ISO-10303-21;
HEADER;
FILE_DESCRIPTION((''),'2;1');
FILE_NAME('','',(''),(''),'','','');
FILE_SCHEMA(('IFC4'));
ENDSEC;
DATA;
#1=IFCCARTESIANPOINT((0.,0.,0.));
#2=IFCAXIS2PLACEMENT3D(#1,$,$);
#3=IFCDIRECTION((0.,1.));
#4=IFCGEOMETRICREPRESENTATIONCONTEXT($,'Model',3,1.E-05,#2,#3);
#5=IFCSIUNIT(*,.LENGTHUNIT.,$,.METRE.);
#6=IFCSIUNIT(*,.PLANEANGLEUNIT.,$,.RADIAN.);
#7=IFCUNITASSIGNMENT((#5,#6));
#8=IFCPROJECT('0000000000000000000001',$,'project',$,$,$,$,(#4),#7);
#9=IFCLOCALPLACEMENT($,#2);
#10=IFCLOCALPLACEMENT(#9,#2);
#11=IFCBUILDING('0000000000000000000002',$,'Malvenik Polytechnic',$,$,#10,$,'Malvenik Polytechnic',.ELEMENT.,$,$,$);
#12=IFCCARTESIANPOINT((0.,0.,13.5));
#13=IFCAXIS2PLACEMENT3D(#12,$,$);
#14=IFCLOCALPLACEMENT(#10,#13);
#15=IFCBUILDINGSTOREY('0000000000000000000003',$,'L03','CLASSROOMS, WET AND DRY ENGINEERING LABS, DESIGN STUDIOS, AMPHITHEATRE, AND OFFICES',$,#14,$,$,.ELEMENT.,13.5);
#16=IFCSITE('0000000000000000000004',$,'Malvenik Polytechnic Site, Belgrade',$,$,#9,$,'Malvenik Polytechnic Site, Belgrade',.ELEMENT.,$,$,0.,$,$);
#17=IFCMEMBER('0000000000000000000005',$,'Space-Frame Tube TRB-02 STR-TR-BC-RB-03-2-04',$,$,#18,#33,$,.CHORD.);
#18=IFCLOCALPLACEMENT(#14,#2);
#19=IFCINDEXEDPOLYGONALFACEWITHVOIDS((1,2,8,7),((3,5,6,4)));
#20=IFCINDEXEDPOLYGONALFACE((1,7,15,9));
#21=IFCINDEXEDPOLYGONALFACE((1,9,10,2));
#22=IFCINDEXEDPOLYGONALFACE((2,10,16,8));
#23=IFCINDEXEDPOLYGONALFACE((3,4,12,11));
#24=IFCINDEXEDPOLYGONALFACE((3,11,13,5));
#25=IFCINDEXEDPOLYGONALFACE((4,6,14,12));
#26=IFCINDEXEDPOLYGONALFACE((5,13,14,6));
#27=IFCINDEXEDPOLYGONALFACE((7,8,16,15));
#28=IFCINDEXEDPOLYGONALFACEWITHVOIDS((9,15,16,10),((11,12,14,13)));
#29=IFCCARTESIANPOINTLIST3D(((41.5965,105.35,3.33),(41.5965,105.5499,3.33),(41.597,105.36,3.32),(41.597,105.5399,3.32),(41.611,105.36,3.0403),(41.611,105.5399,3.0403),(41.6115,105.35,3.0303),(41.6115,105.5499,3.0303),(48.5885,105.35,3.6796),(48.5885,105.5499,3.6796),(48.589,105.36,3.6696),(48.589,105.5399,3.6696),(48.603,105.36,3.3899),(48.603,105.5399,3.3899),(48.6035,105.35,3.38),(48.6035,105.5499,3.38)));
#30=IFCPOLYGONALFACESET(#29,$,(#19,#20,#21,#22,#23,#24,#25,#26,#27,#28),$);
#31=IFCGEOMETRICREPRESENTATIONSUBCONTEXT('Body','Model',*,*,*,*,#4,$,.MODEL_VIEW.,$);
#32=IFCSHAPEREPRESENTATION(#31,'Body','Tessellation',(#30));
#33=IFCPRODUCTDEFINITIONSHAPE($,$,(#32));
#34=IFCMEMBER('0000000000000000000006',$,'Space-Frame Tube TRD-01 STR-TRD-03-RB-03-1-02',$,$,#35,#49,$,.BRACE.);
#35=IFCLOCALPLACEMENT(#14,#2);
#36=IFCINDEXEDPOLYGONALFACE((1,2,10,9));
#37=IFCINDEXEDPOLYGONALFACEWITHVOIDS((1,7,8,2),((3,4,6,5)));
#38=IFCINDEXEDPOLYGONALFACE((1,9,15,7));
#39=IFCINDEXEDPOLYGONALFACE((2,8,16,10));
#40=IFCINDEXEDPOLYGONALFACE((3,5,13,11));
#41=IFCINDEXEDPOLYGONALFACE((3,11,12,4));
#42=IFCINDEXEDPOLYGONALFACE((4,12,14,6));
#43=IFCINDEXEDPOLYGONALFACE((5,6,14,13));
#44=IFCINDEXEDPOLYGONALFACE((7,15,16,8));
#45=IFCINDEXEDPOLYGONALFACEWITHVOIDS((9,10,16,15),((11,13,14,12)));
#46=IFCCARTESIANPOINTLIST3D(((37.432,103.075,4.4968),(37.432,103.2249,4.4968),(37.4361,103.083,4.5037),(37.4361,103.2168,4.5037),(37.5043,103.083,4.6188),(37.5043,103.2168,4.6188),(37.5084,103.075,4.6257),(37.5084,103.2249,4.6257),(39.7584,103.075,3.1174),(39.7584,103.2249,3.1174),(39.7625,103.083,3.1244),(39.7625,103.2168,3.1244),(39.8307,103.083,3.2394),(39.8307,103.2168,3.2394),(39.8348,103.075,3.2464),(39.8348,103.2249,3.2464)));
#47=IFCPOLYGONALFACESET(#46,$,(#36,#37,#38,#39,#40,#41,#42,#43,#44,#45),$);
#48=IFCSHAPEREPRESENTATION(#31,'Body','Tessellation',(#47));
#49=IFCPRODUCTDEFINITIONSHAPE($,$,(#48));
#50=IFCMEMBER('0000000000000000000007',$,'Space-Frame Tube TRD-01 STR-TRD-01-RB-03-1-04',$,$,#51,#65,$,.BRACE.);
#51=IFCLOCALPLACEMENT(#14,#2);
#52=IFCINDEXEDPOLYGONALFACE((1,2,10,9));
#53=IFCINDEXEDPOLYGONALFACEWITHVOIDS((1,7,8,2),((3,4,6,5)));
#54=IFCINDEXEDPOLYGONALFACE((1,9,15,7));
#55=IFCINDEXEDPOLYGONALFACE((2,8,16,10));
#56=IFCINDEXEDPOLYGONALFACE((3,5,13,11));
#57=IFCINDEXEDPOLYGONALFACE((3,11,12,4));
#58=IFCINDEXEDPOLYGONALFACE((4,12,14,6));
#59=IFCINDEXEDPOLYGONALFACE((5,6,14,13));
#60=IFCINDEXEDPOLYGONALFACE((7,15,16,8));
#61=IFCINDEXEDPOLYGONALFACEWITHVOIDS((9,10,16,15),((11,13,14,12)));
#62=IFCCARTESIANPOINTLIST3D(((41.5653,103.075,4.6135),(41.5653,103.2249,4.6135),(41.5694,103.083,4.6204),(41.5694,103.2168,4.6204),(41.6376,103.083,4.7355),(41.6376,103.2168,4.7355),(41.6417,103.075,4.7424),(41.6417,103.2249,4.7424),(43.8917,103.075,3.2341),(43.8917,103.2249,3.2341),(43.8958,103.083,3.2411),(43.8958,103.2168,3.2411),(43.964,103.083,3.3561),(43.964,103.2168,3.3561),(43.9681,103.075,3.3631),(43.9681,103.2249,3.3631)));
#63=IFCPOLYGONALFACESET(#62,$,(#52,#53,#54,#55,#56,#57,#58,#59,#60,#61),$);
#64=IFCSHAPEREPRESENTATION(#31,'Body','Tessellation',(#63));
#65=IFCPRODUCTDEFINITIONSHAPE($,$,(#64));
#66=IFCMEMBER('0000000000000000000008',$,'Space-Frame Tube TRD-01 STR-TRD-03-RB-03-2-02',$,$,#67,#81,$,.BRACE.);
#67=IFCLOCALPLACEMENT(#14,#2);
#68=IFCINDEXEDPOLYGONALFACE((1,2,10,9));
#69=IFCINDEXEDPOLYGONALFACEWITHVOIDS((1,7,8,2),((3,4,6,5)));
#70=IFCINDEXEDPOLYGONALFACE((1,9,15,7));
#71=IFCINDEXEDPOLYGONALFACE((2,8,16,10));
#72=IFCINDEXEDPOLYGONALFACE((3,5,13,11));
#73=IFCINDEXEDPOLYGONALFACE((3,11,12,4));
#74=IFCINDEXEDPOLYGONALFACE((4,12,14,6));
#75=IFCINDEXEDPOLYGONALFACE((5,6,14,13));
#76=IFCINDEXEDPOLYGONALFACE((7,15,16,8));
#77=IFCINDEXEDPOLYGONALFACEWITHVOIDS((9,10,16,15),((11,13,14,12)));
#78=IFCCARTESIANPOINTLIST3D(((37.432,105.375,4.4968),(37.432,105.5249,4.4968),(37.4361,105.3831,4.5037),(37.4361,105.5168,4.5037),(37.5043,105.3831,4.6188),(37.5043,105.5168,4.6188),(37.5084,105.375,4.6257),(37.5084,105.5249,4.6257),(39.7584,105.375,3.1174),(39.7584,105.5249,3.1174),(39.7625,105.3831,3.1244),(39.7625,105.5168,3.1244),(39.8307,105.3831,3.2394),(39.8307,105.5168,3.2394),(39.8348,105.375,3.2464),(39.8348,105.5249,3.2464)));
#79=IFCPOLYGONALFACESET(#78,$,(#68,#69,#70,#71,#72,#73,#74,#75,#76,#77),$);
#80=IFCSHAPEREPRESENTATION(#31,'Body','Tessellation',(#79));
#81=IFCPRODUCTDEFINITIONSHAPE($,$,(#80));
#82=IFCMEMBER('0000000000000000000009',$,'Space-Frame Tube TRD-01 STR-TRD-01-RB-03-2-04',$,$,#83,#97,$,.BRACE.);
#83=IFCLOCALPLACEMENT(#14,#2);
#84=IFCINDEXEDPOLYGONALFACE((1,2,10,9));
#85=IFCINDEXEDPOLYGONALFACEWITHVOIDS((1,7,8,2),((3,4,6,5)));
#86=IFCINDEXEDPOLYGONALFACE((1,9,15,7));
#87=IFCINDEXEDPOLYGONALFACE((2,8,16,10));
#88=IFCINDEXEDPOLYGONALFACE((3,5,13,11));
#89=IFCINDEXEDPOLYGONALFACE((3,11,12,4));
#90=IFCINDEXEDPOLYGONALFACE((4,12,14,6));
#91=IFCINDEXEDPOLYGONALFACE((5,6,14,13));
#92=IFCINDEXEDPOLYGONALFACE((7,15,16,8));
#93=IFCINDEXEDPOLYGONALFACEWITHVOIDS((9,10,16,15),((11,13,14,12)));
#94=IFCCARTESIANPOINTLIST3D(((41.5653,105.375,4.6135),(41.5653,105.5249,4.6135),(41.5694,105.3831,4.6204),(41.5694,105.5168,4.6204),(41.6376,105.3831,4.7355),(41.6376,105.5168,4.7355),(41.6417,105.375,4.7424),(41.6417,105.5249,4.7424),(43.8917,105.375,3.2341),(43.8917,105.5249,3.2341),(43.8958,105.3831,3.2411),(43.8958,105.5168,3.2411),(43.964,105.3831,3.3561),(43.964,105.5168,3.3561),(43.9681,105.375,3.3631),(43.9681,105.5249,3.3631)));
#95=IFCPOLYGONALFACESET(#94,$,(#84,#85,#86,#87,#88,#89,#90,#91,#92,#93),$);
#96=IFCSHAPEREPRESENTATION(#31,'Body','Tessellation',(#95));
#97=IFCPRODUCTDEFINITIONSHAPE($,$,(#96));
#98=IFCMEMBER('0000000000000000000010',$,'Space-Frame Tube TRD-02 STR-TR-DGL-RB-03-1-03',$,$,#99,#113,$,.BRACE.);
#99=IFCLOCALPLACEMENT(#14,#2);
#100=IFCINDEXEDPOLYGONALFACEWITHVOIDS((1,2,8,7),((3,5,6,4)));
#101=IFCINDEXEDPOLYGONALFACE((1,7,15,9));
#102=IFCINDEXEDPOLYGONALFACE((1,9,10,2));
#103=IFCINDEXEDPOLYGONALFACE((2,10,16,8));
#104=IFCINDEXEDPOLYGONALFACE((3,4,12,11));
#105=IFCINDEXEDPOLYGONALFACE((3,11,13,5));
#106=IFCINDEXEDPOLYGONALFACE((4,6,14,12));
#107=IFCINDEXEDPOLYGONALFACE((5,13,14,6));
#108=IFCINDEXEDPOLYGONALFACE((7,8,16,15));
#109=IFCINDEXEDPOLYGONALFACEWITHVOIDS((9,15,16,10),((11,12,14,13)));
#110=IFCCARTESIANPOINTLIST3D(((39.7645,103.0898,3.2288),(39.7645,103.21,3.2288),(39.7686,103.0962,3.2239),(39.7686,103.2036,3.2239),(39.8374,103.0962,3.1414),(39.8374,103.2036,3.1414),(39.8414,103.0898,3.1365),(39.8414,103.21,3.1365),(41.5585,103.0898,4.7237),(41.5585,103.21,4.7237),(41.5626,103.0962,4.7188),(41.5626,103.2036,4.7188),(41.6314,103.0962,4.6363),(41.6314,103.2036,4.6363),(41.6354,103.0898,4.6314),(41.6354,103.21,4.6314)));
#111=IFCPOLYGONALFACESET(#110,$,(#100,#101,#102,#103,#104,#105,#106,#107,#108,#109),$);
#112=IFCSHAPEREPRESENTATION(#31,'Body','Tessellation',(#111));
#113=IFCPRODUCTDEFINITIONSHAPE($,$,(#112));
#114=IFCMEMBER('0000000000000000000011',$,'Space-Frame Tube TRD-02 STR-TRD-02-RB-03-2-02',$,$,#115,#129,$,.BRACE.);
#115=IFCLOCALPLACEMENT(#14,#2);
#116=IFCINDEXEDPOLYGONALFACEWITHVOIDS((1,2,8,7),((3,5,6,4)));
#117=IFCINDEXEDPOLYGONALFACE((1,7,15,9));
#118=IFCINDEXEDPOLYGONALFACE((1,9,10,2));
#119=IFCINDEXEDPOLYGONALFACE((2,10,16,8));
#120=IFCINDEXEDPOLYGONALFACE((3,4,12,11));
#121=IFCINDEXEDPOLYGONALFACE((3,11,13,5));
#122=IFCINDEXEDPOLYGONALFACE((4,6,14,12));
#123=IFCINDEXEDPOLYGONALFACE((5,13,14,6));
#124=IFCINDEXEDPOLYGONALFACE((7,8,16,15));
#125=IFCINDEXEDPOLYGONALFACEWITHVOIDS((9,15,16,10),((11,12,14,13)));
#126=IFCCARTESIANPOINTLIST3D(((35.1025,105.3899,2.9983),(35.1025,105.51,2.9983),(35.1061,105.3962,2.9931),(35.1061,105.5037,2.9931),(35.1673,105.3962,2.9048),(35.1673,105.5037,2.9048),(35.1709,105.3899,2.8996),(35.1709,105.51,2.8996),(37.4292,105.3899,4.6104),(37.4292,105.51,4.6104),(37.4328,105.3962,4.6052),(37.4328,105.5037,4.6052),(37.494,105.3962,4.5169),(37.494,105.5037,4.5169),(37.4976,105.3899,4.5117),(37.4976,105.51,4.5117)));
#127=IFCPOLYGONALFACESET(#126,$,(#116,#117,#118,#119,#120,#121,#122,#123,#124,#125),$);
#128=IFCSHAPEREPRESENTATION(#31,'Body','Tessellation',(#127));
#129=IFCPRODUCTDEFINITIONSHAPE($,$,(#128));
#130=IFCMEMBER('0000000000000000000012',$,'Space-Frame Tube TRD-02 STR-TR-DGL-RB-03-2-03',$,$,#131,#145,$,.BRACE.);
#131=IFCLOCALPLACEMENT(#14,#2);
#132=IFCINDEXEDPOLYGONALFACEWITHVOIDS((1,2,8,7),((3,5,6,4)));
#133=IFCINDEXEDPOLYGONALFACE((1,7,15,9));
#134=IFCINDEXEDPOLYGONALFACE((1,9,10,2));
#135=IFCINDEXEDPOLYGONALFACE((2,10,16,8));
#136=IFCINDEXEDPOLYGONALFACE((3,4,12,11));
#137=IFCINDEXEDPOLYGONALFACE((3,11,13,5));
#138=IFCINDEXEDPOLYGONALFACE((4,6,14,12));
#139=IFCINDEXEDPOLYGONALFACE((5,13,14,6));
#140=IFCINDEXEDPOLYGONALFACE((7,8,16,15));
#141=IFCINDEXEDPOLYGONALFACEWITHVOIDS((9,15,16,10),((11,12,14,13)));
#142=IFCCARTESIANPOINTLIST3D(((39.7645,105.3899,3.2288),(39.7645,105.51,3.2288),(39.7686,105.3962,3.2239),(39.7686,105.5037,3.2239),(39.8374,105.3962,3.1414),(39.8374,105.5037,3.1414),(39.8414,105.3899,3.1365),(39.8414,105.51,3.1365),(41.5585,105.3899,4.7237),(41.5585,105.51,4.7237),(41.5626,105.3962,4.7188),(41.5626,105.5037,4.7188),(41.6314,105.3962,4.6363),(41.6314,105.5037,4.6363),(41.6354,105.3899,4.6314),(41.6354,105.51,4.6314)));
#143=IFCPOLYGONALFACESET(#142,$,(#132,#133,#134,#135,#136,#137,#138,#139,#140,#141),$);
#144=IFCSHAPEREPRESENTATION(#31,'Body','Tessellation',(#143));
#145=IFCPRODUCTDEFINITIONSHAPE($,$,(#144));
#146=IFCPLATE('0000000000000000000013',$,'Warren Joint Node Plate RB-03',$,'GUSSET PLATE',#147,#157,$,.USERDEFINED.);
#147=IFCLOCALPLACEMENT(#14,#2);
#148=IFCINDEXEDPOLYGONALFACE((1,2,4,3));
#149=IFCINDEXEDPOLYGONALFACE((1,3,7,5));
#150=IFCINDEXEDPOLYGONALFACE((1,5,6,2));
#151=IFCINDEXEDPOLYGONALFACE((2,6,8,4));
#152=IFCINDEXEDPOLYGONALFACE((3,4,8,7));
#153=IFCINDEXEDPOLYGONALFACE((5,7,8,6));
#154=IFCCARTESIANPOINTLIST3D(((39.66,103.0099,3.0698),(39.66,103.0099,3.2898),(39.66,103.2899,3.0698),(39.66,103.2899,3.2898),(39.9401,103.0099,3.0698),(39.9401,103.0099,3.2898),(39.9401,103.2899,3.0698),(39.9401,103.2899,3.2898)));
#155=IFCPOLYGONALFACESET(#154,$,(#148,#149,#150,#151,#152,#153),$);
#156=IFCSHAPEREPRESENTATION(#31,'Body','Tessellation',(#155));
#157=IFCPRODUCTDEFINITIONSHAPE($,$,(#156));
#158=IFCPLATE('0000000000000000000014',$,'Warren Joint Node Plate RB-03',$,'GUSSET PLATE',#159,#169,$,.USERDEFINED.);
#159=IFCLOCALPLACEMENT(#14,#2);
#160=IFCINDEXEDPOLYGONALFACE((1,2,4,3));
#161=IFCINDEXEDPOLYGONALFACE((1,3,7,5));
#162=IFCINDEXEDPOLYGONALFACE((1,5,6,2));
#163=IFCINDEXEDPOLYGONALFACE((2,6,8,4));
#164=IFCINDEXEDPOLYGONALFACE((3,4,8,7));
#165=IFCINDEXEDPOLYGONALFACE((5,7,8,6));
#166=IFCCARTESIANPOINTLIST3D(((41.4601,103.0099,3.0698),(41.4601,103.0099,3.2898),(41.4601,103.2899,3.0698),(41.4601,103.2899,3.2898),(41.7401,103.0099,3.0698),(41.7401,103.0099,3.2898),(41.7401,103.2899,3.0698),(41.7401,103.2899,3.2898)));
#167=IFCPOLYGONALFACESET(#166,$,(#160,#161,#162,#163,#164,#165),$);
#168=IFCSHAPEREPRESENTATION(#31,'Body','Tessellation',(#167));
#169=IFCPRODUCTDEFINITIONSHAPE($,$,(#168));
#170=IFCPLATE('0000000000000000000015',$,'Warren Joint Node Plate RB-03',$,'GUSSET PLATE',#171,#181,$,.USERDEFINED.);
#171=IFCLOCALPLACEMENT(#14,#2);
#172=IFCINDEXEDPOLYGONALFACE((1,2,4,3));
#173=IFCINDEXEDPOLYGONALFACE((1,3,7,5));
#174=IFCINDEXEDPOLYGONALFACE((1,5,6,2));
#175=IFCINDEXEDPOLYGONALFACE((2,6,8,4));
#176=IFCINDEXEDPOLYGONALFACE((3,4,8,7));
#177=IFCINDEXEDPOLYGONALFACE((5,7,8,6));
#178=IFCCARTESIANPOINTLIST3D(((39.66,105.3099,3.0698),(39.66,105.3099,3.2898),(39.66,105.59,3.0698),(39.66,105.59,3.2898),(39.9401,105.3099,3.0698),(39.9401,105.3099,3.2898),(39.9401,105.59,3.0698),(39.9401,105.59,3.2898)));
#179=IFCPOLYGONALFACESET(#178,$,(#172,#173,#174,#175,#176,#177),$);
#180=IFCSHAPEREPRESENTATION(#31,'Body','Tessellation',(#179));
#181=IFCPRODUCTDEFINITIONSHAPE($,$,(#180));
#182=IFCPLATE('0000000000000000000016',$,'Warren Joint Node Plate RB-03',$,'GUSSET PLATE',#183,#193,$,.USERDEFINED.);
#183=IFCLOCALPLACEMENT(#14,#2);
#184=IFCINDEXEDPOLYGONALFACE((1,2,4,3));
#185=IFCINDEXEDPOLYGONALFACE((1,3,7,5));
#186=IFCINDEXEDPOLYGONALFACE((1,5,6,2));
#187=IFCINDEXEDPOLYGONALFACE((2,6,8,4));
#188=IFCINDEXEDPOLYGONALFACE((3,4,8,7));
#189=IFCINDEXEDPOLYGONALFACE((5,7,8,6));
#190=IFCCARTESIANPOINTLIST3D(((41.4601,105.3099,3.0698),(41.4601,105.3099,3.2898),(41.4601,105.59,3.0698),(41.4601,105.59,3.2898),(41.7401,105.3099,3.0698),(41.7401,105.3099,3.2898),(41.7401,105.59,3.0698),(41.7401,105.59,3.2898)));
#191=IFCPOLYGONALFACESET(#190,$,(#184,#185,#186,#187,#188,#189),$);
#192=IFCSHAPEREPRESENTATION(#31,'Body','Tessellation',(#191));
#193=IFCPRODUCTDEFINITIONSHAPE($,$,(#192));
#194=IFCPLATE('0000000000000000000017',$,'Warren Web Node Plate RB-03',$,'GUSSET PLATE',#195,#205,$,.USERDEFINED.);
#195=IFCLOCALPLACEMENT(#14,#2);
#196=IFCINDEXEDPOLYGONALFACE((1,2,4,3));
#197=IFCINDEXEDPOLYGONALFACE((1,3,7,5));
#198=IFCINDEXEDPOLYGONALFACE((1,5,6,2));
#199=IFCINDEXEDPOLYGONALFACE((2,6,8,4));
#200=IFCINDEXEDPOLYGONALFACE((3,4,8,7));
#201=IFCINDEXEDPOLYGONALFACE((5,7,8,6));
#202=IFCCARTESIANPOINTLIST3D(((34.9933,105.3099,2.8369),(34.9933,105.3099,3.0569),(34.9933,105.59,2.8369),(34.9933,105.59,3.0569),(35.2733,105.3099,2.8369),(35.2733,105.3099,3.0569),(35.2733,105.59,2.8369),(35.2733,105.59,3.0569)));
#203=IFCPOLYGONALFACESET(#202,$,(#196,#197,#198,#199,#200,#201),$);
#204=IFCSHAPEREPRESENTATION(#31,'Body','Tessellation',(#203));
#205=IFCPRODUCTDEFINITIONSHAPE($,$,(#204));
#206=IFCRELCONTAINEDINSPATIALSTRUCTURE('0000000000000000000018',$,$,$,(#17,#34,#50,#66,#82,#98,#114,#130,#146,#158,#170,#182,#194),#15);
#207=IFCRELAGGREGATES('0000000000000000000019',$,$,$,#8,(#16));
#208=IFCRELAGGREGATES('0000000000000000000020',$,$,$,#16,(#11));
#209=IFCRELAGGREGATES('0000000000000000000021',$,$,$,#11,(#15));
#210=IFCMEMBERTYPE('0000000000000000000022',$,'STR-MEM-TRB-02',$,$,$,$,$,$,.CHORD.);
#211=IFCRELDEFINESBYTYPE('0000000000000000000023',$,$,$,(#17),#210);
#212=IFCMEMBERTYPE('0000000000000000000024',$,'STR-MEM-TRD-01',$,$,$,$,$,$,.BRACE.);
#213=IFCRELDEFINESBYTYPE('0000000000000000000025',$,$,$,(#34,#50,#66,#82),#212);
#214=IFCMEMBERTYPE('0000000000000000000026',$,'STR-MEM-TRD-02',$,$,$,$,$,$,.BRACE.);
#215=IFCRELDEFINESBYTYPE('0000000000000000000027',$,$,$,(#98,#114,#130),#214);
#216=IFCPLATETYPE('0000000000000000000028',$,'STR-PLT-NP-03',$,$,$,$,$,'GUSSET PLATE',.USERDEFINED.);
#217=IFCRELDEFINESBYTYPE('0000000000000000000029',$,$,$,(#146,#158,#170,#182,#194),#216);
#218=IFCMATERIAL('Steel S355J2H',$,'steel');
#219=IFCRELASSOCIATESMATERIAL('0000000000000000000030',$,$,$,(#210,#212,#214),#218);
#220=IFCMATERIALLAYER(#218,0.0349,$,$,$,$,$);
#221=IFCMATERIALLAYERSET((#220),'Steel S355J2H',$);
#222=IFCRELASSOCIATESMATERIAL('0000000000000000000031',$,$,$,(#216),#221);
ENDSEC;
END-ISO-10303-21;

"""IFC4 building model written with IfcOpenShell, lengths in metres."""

from ifc_helpers import new_model, si_unit, direction, frame, origin, origin_2d, place, context, subcontext, project, spatial, rectangle, hollow_rectangle, extrude, material, layer, layer_set, material_profile, profile_set, type_object, element, save


model = new_model("IFC4")

# Units and contexts
model_context = context("Model", 3, precision=1e-05, world=origin(), true_north=direction((0.0, 1.0)))
body_context = subcontext(model_context, "Body", "Model", "MODEL_VIEW")
ifc_project = project(units=[si_unit("LENGTHUNIT", "METRE"), si_unit("PLANEANGLEUNIT", "RADIAN")], contexts=[model_context])

# Site, building, storey
site_placement = place(None, origin())
site = spatial("IfcSite", under=ifc_project, at=site_placement, Name="Malvenik Polytechnic Site, Belgrade", LongName="Malvenik Polytechnic Site, Belgrade", CompositionType="ELEMENT", RefElevation=0.0)
building_placement = place(site_placement, origin())
building = spatial("IfcBuilding", under=site, at=building_placement, Name="Malvenik Polytechnic", LongName="Malvenik Polytechnic", CompositionType="ELEMENT")
storey_placement = place(building_placement, frame((0.0, 0.0, 13.5)))
storey = spatial("IfcBuildingStorey", under=building, at=storey_placement, Name="L03", Description="CLASSROOMS, WET AND DRY ENGINEERING LABS, DESIGN STUDIOS, AMPHITHEATRE, AND OFFICES", CompositionType="ELEMENT", Elevation=13.5)

# Shared definitions
ifc_material_1 = material(Name="Steel S355J2H", Category="steel")

# Members
ifc_material_profile_1 = material_profile(ifc_material_1, hollow_rectangle(XDim=0.2, YDim=0.3, WallThickness=0.01, at=origin_2d()), Name="RHS 300x200x10.0")
ifc_profile_set_1 = profile_set([ifc_material_profile_1], Name="Steel S355J2H")
member_type_1 = type_object("IfcMemberType", Name="STR-MEM-TRB-02", PredefinedType="CHORD", material=ifc_profile_set_1)
member_1_placement = place(storey_placement, frame((41.604, 105.45, 3.1802), z_axis=(0.998752, 0.0, 0.049939), x_axis=(0.0, 1.0, 0.0)))
element("IfcMember", 1, at=member_1_placement, inside=storey, type_object=member_type_1, Name="Space-Frame Tube TRB-02 STR-TR-BC-RB-03-2-04", PredefinedType="CHORD", context=body_context, shape_type="SweptSolid", body=[
    extrude(hollow_rectangle(XDim=0.2, YDim=0.3, WallThickness=0.01, at=origin_2d()), origin(), (0.0, 0.0, 1.0), 7.0007),
])
ifc_material_profile_2 = material_profile(ifc_material_1, hollow_rectangle(XDim=0.1499, YDim=0.1499, WallThickness=0.0081, at=origin_2d()), Name="SHS 150x150x8.0")
ifc_profile_set_2 = profile_set([ifc_material_profile_2], Name="Steel S355J2H")
member_type_2 = type_object("IfcMemberType", Name="STR-MEM-TRD-01", PredefinedType="BRACE", material=ifc_profile_set_2)
for number, where, z_axis, x_axis, name in (
    (2, (37.4702, 103.1499, 4.5613), (0.860165, 0.0, -0.510015), (0.0, 1.0, 0.0), "Space-Frame Tube TRD-01 STR-TRD-03-RB-03-1-02"),
    (3, (41.6035, 103.1499, 4.678), (0.860165, 0.0, -0.510015), (0.0, 1.0, 0.0), "Space-Frame Tube TRD-01 STR-TRD-01-RB-03-1-04"),
    (4, (37.4702, 105.45, 4.5613), (0.860165, 0.0, -0.510015), (0.0, 1.0, 0.0), "Space-Frame Tube TRD-01 STR-TRD-03-RB-03-2-02"),
    (5, (41.6035, 105.45, 4.678), (0.860165, 0.0, -0.510015), (0.0, 1.0, 0.0), "Space-Frame Tube TRD-01 STR-TRD-01-RB-03-2-04"),
):
    element("IfcMember", number, at=place(storey_placement, frame(where, z_axis=z_axis, x_axis=x_axis)), inside=storey, type_object=member_type_2, Name=name, PredefinedType="BRACE", context=body_context, shape_type="SweptSolid", body=[
        extrude(hollow_rectangle(XDim=0.1499, YDim=0.1499, WallThickness=0.0081, at=origin_2d()), origin(), (0.0, 0.0, 1.0), 2.7046),
    ])
ifc_material_profile_3 = material_profile(ifc_material_1, hollow_rectangle(XDim=0.1201, YDim=0.1201, WallThickness=0.0063, at=origin_2d()), Name="SHS 120x120x6.3")
ifc_profile_set_3 = profile_set([ifc_material_profile_3], Name="Steel S355J2H")
member_type_3 = type_object("IfcMemberType", Name="STR-MEM-TRD-02", PredefinedType="BRACE", material=ifc_profile_set_3)
member_2_placement = place(storey_placement, frame((39.803, 103.1499, 3.1826), z_axis=(0.768238, 0.0, 0.640164), x_axis=(0.0, 1.0, 0.0)))
element("IfcMember", 6, at=member_2_placement, inside=storey, type_object=member_type_3, Name="Space-Frame Tube TRD-02 STR-TR-DGL-RB-03-1-03", PredefinedType="BRACE", context=body_context, shape_type="SweptSolid", body=[
    extrude(hollow_rectangle(XDim=0.1201, YDim=0.1201, WallThickness=0.0063, at=origin_2d()), origin(), (0.0, 0.0, 1.0), 2.3352),
])
member_3_placement = place(storey_placement, frame((35.1367, 105.45, 2.949), z_axis=(0.821978, 0.0, 0.569519), x_axis=(0.0, 1.0, 0.0)))
element("IfcMember", 7, at=member_3_placement, inside=storey, type_object=member_type_3, Name="Space-Frame Tube TRD-02 STR-TRD-02-RB-03-2-02", PredefinedType="BRACE", context=body_context, shape_type="SweptSolid", body=[
    extrude(hollow_rectangle(XDim=0.1201, YDim=0.1201, WallThickness=0.0063, at=origin_2d()), origin(), (0.0, 0.0, 1.0), 2.8306),
])
member_4_placement = place(storey_placement, frame((39.803, 105.45, 3.1826), z_axis=(0.768238, 0.0, 0.640164), x_axis=(0.0, 1.0, 0.0)))
element("IfcMember", 8, at=member_4_placement, inside=storey, type_object=member_type_3, Name="Space-Frame Tube TRD-02 STR-TR-DGL-RB-03-2-03", PredefinedType="BRACE", context=body_context, shape_type="SweptSolid", body=[
    extrude(hollow_rectangle(XDim=0.1201, YDim=0.1201, WallThickness=0.0063, at=origin_2d()), origin(), (0.0, 0.0, 1.0), 2.3352),
])

# Plates
ifc_layer_1 = layer(ifc_material_1, 0.0349)
ifc_layer_set_1 = layer_set([ifc_layer_1], Name="Steel S355J2H")
plate_type = type_object("IfcPlateType", Name="STR-PLT-NP-03", ElementType="GUSSET PLATE", PredefinedType="USERDEFINED", material=ifc_layer_set_1)
for number, where, z_axis, x_axis, name in (
    (9, (39.8, 103.1499, 3.0698), (0.0, 0.0, 1.0), (1.0, 0.0, 0.0), "Warren Joint Node Plate RB-03"),
    (10, (41.6001, 103.1499, 3.0698), (0.0, 0.0, 1.0), (1.0, 0.0, 0.0), "Warren Joint Node Plate RB-03"),
    (11, (39.8, 105.45, 3.0698), (0.0, 0.0, 1.0), (1.0, 0.0, 0.0), "Warren Joint Node Plate RB-03"),
    (12, (41.6001, 105.45, 3.0698), (0.0, 0.0, 1.0), (1.0, 0.0, 0.0), "Warren Joint Node Plate RB-03"),
    (13, (35.1333, 105.45, 2.8369), (0.0, 0.0, 1.0), (1.0, 0.0, 0.0), "Warren Web Node Plate RB-03"),
):
    element("IfcPlate", number, at=place(storey_placement, frame(where, z_axis=z_axis, x_axis=x_axis)), inside=storey, type_object=plate_type, Name=name, ObjectType="GUSSET PLATE", PredefinedType="USERDEFINED", context=body_context, shape_type="SweptSolid", body=[
        extrude(rectangle(XDim=0.28, YDim=0.28, at=origin_2d()), origin(), (0.0, 0.0, 1.0), 0.22),
    ])

save(model, "model.ifc")
